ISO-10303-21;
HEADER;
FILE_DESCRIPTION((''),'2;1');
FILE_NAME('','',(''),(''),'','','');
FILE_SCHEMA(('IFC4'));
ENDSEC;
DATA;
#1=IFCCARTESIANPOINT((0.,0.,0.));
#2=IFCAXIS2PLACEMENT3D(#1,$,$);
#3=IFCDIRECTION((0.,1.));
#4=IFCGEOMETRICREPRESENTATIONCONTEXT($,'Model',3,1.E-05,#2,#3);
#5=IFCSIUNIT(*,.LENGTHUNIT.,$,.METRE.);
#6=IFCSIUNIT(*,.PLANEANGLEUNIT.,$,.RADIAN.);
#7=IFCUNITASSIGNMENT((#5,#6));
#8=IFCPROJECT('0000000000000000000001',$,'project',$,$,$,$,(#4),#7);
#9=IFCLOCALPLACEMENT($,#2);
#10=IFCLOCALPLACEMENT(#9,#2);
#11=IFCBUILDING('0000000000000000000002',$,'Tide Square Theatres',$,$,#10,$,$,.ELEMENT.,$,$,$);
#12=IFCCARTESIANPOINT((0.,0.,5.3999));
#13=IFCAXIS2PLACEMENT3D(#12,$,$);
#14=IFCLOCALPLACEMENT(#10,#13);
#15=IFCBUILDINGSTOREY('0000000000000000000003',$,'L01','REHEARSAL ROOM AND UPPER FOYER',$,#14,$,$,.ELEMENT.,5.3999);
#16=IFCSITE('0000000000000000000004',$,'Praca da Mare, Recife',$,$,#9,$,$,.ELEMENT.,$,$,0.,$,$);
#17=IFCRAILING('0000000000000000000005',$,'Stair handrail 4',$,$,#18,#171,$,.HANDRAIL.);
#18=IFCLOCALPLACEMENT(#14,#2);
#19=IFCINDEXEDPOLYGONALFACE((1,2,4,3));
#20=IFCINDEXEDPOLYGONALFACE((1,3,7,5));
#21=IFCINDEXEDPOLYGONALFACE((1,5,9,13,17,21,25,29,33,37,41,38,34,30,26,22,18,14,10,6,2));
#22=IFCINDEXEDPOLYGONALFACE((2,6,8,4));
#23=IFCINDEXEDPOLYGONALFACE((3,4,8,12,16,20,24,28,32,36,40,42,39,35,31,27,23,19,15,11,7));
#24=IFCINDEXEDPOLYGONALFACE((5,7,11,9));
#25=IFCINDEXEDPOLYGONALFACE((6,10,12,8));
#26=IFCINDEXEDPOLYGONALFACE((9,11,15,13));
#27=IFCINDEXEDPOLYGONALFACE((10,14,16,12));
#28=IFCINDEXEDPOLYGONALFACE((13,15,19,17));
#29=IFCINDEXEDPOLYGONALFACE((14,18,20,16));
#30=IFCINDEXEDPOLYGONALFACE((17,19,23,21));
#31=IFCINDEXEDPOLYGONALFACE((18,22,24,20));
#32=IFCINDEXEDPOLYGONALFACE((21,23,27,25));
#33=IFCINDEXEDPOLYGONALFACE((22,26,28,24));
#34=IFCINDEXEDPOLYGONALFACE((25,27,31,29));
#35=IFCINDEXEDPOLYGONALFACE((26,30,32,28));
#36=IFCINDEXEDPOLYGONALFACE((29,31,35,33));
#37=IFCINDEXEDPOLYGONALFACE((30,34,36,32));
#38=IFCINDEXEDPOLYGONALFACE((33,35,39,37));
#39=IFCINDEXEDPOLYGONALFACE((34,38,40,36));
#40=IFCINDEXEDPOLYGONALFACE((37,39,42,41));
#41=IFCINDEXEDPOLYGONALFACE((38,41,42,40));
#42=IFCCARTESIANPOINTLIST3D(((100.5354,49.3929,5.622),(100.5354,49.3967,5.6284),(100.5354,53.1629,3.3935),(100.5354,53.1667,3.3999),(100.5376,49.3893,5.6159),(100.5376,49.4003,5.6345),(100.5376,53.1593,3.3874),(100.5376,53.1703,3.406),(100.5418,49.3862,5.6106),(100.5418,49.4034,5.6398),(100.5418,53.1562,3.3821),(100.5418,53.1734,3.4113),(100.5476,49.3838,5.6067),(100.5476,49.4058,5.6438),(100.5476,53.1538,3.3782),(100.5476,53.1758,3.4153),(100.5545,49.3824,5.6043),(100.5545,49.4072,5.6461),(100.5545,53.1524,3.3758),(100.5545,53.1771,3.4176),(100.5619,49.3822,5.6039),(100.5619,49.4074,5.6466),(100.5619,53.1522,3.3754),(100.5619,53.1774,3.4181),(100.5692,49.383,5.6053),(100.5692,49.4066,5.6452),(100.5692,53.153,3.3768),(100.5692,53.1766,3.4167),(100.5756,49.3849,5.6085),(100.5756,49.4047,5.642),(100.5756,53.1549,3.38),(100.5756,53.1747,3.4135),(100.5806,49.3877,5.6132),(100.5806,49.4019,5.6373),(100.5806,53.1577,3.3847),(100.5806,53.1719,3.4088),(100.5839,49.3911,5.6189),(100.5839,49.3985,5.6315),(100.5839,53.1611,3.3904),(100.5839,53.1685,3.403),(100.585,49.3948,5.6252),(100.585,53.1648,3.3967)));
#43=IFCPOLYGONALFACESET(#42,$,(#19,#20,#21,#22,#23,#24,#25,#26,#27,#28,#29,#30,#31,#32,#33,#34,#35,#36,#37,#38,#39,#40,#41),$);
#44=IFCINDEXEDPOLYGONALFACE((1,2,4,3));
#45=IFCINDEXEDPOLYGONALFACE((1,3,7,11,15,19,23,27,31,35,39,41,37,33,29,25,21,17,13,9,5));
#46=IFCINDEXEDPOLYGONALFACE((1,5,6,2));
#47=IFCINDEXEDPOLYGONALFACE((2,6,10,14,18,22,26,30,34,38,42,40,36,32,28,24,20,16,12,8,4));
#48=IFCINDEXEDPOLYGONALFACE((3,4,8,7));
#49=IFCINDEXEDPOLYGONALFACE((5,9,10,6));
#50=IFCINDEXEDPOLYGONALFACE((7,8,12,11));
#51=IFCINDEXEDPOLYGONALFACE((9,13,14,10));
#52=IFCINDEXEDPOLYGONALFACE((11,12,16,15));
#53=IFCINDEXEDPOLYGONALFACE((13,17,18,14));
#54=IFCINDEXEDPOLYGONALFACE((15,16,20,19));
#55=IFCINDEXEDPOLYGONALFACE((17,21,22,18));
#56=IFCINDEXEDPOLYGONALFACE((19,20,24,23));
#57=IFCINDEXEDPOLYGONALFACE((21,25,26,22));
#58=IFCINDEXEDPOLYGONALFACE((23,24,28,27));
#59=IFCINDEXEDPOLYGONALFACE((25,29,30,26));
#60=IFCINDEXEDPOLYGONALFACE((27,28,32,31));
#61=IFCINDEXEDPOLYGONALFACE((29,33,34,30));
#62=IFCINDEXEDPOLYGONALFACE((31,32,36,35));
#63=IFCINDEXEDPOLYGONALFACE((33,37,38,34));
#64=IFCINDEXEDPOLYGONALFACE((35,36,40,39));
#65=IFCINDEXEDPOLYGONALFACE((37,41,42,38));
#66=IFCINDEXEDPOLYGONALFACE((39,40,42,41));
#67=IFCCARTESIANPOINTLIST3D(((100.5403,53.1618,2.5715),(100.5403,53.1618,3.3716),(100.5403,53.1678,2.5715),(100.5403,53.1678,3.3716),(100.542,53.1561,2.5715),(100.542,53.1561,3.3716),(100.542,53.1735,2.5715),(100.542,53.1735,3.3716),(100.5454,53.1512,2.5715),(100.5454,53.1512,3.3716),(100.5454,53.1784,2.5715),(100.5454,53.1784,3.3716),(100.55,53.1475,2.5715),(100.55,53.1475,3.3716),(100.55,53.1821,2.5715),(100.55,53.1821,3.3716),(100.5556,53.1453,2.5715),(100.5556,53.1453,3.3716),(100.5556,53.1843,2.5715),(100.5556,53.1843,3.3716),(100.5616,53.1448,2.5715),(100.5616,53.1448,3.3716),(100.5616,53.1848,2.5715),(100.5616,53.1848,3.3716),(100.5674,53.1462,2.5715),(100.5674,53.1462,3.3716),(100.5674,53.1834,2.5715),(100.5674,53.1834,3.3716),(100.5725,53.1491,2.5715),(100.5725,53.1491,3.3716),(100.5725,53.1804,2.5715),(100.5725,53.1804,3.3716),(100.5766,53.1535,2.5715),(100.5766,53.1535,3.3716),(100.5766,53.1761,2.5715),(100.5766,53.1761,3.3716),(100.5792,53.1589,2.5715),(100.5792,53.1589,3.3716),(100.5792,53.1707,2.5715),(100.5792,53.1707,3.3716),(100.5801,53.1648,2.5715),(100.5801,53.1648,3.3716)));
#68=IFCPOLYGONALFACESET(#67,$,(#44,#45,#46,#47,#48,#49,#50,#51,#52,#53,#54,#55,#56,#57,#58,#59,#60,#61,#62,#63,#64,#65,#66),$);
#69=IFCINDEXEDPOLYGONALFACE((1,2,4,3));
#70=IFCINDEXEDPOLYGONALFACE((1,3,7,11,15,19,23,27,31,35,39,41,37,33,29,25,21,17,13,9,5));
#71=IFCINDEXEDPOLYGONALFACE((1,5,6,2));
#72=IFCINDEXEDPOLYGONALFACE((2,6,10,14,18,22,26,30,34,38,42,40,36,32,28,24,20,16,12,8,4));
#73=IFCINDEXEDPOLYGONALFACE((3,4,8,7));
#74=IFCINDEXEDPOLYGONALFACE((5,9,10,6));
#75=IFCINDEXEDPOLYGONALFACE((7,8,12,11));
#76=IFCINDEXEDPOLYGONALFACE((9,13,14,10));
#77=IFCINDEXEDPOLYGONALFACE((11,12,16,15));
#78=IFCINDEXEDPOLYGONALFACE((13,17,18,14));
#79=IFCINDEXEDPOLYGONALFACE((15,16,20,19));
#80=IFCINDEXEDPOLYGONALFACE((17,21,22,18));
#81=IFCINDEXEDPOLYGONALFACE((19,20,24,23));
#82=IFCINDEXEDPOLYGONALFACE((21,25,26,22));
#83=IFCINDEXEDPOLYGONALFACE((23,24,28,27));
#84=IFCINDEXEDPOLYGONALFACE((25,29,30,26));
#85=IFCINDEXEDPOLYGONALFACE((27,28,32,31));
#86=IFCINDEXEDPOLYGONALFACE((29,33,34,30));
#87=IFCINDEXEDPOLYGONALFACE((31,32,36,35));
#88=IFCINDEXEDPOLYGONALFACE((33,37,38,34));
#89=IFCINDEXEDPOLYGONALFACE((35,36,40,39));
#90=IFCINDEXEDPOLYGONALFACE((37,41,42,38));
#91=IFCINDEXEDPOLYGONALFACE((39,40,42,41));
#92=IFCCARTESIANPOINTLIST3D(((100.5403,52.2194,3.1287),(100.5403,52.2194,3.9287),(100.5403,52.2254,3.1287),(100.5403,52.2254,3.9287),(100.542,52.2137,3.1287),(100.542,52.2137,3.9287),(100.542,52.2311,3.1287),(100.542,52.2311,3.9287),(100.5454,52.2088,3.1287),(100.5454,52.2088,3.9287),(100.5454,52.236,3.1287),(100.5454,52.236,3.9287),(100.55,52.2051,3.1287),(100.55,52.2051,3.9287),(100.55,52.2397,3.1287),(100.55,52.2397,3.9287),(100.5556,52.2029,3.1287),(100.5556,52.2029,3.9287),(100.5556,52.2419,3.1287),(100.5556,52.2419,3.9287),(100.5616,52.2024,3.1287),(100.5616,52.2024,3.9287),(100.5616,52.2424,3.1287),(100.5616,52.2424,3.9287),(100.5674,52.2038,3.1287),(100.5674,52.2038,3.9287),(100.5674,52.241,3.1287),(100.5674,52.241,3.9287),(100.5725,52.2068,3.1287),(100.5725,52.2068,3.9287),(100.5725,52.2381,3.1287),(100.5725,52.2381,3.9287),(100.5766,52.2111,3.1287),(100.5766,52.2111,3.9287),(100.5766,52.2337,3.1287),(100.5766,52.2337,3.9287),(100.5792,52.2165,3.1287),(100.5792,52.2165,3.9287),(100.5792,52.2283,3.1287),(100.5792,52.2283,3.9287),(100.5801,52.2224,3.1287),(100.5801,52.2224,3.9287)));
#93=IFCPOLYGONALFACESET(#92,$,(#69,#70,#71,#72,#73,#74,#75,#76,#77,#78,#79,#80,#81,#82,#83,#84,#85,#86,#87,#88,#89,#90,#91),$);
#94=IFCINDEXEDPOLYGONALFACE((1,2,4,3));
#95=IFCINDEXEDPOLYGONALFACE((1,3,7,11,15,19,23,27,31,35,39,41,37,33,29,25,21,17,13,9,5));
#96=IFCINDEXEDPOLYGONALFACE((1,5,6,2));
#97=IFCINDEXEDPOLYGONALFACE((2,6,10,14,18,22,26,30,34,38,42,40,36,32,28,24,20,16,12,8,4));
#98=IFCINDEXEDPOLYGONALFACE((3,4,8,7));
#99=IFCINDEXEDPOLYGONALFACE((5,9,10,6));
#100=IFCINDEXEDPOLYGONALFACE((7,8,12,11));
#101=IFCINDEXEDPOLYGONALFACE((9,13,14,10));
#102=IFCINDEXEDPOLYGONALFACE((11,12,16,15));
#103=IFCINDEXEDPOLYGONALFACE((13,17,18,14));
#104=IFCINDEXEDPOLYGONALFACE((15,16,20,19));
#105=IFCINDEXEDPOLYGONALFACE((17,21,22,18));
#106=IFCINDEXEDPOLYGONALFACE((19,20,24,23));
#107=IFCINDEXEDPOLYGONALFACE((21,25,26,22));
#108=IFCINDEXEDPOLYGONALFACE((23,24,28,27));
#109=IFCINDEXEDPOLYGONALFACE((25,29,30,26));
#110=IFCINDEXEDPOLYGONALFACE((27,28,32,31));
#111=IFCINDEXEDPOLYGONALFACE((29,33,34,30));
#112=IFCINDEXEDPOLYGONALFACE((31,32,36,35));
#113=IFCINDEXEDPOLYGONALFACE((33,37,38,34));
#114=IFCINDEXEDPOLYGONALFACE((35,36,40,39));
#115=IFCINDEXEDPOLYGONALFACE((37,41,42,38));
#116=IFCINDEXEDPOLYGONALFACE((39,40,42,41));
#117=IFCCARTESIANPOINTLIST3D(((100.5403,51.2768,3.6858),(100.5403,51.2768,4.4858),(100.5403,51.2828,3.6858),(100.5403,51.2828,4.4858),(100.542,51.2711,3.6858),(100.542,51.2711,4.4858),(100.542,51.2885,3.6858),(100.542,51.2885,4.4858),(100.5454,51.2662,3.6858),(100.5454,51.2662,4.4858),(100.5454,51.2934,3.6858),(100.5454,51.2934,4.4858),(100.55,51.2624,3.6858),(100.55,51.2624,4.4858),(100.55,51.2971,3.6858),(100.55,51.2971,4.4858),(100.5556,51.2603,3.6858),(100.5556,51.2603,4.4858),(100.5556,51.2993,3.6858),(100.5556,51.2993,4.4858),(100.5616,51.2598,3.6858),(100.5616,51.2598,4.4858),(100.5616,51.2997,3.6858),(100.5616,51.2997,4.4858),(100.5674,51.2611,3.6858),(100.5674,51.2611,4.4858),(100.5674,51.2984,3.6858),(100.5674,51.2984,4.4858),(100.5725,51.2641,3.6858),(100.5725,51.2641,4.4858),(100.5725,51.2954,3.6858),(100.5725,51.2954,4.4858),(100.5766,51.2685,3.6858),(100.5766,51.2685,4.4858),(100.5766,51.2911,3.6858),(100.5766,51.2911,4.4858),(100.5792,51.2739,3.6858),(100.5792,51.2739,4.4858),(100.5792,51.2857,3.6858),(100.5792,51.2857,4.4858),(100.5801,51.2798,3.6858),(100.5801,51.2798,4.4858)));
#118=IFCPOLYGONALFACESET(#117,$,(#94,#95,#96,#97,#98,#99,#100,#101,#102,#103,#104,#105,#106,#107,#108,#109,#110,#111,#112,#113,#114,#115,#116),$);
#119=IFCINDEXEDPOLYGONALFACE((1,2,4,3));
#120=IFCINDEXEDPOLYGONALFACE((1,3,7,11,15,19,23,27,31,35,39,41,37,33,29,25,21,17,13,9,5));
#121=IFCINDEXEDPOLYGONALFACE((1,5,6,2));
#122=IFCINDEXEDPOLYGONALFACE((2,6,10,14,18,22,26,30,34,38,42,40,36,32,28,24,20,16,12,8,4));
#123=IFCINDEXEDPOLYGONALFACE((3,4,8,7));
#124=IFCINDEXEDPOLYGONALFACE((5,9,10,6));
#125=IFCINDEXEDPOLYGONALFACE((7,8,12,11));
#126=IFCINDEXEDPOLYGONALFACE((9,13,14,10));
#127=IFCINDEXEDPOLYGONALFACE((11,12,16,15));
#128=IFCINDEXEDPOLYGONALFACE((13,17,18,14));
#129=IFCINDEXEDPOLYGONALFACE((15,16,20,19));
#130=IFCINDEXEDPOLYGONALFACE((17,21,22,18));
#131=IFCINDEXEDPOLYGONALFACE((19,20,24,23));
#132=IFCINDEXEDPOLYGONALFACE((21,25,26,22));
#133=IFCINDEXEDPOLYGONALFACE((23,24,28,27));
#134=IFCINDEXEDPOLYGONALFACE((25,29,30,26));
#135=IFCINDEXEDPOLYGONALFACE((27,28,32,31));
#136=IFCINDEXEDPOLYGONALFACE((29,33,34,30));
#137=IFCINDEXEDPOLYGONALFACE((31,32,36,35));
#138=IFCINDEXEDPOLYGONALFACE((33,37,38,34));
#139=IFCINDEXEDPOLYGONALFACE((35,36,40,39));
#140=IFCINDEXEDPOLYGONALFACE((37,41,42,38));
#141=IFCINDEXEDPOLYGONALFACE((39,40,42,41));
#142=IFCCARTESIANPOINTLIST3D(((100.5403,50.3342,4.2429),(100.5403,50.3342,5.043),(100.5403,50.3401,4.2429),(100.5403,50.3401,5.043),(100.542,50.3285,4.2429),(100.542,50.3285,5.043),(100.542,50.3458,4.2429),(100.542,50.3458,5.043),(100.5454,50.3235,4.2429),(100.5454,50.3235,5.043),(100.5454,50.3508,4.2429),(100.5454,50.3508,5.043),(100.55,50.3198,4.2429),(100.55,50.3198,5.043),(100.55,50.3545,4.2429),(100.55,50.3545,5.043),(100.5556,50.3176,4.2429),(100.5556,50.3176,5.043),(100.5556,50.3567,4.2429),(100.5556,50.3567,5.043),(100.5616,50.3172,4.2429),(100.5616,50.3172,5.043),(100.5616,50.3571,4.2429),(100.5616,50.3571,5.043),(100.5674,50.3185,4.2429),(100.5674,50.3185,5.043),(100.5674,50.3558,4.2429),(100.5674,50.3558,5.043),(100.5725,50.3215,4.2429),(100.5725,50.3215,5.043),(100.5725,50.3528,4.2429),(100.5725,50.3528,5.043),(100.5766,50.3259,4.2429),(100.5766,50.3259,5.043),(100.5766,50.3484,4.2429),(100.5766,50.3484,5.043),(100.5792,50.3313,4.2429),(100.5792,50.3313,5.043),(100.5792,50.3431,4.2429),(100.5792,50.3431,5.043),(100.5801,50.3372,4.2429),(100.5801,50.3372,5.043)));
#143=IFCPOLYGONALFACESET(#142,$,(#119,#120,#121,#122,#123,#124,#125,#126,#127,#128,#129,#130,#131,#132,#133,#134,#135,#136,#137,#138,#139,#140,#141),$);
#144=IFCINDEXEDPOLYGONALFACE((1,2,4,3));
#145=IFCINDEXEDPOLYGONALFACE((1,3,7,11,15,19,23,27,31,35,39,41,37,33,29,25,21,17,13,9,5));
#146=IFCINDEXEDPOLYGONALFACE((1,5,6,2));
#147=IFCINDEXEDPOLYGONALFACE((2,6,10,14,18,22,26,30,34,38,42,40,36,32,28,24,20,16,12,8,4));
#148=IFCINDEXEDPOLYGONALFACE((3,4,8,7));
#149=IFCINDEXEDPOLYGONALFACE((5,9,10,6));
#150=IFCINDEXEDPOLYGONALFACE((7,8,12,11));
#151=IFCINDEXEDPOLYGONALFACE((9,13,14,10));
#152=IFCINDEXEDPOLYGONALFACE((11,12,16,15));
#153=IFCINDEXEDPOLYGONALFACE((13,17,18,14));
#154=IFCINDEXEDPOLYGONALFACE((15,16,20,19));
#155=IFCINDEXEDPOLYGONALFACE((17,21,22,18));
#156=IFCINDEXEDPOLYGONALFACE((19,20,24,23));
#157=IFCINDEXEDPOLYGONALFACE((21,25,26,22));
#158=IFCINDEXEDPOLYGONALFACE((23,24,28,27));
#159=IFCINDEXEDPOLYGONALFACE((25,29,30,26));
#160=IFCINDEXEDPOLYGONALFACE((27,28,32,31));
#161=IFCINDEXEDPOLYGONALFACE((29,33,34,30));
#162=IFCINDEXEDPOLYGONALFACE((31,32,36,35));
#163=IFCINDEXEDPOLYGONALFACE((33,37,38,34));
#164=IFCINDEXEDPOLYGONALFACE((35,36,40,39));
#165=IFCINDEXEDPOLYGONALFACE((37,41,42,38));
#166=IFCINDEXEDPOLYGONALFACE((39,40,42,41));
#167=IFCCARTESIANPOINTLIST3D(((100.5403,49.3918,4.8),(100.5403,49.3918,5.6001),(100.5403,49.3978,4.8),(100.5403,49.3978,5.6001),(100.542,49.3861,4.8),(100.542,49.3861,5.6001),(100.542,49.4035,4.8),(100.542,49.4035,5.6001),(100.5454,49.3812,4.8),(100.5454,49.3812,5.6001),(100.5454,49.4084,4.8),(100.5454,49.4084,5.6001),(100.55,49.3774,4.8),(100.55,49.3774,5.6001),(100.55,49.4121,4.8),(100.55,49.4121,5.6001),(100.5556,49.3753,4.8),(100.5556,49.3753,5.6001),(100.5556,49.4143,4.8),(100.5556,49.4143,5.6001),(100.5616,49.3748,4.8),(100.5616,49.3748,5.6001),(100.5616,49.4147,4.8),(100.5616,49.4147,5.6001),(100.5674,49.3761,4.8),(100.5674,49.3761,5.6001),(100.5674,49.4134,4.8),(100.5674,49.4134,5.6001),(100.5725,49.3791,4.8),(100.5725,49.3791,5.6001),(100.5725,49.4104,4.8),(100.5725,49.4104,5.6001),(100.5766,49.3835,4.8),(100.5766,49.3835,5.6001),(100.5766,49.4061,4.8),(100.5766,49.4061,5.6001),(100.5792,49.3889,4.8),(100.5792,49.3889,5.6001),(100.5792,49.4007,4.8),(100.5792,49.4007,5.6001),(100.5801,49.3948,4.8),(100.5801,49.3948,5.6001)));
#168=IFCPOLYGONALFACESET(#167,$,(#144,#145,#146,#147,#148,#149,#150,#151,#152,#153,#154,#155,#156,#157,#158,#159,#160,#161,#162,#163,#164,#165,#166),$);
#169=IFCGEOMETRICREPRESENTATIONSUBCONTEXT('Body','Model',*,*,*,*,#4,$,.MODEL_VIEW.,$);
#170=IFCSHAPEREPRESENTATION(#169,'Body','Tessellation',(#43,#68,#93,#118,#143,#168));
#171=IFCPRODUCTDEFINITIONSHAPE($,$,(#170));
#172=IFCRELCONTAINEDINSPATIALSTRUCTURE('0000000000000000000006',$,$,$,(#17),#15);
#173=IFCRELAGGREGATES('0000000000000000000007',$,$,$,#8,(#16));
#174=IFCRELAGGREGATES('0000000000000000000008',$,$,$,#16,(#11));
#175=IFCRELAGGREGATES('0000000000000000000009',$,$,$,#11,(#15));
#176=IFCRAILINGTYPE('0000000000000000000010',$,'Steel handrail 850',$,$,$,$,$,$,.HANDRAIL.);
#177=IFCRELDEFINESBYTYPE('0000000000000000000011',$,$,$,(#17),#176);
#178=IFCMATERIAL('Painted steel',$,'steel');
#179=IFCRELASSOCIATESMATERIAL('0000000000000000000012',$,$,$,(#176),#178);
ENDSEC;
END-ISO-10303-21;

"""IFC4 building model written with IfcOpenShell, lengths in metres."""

from ifc_helpers import new_model, si_unit, direction, frame, origin, origin_2d, place, context, subcontext, project, spatial, circle, extrude, material, type_object, element, save


model = new_model("IFC4")

# Units and contexts
model_context = context("Model", 3, precision=1e-05, world=origin(), true_north=direction((0.0, 1.0)))
body_context = subcontext(model_context, "Body", "Model", "MODEL_VIEW")
ifc_project = project(units=[si_unit("LENGTHUNIT", "METRE"), si_unit("PLANEANGLEUNIT", "RADIAN")], contexts=[model_context])

# Site, building, storey
site_placement = place(None, origin())
site = spatial("IfcSite", under=ifc_project, at=site_placement, Name="Praca da Mare, Recife", CompositionType="ELEMENT", RefElevation=0.0)
building_placement = place(site_placement, origin())
building = spatial("IfcBuilding", under=site, at=building_placement, Name="Tide Square Theatres", CompositionType="ELEMENT")
storey_placement = place(building_placement, frame((0.0, 0.0, 5.3999)))
storey = spatial("IfcBuildingStorey", under=building, at=storey_placement, Name="L01", Description="REHEARSAL ROOM AND UPPER FOYER", CompositionType="ELEMENT", Elevation=5.3999)

# Railing
ifc_material_1 = material(Name="Painted steel", Category="steel")
railing_type = type_object("IfcRailingType", Name="Steel handrail 850", PredefinedType="HANDRAIL", material=ifc_material_1)
railing_placement = place(storey_placement, frame((100.5601, 53.1648, 2.5715)))
element("IfcRailing", 1, at=railing_placement, inside=storey, type_object=railing_type, Name="Stair handrail 4", PredefinedType="HANDRAIL", context=body_context, shape_type="SweptSolid", body=[
    extrude(circle(Radius=0.0249, at=origin_2d()), frame((0.0, 0.0, 0.8252), z_axis=(0.0, -0.860849, 0.508861), x_axis=(1.0, 0.0, 0.0)), (0.0, 0.0, 1.0), 4.3794),
    extrude(circle(Radius=0.02, at=origin_2d()), origin(), (0.0, 0.0, 1.0), 0.8),
    extrude(circle(Radius=0.02, at=origin_2d()), frame((0.0, -0.9424, 0.5571)), (0.0, 0.0, 1.0), 0.8),
    extrude(circle(Radius=0.02, at=origin_2d()), frame((0.0, -1.885, 1.1143)), (0.0, 0.0, 1.0), 0.8),
    extrude(circle(Radius=0.02, at=origin_2d()), frame((0.0, -2.8276, 1.6714)), (0.0, 0.0, 1.0), 0.8),
    extrude(circle(Radius=0.02, at=origin_2d()), frame((0.0, -3.77, 2.2285)), (0.0, 0.0, 1.0), 0.8),
])

save(model, "model.ifc")
